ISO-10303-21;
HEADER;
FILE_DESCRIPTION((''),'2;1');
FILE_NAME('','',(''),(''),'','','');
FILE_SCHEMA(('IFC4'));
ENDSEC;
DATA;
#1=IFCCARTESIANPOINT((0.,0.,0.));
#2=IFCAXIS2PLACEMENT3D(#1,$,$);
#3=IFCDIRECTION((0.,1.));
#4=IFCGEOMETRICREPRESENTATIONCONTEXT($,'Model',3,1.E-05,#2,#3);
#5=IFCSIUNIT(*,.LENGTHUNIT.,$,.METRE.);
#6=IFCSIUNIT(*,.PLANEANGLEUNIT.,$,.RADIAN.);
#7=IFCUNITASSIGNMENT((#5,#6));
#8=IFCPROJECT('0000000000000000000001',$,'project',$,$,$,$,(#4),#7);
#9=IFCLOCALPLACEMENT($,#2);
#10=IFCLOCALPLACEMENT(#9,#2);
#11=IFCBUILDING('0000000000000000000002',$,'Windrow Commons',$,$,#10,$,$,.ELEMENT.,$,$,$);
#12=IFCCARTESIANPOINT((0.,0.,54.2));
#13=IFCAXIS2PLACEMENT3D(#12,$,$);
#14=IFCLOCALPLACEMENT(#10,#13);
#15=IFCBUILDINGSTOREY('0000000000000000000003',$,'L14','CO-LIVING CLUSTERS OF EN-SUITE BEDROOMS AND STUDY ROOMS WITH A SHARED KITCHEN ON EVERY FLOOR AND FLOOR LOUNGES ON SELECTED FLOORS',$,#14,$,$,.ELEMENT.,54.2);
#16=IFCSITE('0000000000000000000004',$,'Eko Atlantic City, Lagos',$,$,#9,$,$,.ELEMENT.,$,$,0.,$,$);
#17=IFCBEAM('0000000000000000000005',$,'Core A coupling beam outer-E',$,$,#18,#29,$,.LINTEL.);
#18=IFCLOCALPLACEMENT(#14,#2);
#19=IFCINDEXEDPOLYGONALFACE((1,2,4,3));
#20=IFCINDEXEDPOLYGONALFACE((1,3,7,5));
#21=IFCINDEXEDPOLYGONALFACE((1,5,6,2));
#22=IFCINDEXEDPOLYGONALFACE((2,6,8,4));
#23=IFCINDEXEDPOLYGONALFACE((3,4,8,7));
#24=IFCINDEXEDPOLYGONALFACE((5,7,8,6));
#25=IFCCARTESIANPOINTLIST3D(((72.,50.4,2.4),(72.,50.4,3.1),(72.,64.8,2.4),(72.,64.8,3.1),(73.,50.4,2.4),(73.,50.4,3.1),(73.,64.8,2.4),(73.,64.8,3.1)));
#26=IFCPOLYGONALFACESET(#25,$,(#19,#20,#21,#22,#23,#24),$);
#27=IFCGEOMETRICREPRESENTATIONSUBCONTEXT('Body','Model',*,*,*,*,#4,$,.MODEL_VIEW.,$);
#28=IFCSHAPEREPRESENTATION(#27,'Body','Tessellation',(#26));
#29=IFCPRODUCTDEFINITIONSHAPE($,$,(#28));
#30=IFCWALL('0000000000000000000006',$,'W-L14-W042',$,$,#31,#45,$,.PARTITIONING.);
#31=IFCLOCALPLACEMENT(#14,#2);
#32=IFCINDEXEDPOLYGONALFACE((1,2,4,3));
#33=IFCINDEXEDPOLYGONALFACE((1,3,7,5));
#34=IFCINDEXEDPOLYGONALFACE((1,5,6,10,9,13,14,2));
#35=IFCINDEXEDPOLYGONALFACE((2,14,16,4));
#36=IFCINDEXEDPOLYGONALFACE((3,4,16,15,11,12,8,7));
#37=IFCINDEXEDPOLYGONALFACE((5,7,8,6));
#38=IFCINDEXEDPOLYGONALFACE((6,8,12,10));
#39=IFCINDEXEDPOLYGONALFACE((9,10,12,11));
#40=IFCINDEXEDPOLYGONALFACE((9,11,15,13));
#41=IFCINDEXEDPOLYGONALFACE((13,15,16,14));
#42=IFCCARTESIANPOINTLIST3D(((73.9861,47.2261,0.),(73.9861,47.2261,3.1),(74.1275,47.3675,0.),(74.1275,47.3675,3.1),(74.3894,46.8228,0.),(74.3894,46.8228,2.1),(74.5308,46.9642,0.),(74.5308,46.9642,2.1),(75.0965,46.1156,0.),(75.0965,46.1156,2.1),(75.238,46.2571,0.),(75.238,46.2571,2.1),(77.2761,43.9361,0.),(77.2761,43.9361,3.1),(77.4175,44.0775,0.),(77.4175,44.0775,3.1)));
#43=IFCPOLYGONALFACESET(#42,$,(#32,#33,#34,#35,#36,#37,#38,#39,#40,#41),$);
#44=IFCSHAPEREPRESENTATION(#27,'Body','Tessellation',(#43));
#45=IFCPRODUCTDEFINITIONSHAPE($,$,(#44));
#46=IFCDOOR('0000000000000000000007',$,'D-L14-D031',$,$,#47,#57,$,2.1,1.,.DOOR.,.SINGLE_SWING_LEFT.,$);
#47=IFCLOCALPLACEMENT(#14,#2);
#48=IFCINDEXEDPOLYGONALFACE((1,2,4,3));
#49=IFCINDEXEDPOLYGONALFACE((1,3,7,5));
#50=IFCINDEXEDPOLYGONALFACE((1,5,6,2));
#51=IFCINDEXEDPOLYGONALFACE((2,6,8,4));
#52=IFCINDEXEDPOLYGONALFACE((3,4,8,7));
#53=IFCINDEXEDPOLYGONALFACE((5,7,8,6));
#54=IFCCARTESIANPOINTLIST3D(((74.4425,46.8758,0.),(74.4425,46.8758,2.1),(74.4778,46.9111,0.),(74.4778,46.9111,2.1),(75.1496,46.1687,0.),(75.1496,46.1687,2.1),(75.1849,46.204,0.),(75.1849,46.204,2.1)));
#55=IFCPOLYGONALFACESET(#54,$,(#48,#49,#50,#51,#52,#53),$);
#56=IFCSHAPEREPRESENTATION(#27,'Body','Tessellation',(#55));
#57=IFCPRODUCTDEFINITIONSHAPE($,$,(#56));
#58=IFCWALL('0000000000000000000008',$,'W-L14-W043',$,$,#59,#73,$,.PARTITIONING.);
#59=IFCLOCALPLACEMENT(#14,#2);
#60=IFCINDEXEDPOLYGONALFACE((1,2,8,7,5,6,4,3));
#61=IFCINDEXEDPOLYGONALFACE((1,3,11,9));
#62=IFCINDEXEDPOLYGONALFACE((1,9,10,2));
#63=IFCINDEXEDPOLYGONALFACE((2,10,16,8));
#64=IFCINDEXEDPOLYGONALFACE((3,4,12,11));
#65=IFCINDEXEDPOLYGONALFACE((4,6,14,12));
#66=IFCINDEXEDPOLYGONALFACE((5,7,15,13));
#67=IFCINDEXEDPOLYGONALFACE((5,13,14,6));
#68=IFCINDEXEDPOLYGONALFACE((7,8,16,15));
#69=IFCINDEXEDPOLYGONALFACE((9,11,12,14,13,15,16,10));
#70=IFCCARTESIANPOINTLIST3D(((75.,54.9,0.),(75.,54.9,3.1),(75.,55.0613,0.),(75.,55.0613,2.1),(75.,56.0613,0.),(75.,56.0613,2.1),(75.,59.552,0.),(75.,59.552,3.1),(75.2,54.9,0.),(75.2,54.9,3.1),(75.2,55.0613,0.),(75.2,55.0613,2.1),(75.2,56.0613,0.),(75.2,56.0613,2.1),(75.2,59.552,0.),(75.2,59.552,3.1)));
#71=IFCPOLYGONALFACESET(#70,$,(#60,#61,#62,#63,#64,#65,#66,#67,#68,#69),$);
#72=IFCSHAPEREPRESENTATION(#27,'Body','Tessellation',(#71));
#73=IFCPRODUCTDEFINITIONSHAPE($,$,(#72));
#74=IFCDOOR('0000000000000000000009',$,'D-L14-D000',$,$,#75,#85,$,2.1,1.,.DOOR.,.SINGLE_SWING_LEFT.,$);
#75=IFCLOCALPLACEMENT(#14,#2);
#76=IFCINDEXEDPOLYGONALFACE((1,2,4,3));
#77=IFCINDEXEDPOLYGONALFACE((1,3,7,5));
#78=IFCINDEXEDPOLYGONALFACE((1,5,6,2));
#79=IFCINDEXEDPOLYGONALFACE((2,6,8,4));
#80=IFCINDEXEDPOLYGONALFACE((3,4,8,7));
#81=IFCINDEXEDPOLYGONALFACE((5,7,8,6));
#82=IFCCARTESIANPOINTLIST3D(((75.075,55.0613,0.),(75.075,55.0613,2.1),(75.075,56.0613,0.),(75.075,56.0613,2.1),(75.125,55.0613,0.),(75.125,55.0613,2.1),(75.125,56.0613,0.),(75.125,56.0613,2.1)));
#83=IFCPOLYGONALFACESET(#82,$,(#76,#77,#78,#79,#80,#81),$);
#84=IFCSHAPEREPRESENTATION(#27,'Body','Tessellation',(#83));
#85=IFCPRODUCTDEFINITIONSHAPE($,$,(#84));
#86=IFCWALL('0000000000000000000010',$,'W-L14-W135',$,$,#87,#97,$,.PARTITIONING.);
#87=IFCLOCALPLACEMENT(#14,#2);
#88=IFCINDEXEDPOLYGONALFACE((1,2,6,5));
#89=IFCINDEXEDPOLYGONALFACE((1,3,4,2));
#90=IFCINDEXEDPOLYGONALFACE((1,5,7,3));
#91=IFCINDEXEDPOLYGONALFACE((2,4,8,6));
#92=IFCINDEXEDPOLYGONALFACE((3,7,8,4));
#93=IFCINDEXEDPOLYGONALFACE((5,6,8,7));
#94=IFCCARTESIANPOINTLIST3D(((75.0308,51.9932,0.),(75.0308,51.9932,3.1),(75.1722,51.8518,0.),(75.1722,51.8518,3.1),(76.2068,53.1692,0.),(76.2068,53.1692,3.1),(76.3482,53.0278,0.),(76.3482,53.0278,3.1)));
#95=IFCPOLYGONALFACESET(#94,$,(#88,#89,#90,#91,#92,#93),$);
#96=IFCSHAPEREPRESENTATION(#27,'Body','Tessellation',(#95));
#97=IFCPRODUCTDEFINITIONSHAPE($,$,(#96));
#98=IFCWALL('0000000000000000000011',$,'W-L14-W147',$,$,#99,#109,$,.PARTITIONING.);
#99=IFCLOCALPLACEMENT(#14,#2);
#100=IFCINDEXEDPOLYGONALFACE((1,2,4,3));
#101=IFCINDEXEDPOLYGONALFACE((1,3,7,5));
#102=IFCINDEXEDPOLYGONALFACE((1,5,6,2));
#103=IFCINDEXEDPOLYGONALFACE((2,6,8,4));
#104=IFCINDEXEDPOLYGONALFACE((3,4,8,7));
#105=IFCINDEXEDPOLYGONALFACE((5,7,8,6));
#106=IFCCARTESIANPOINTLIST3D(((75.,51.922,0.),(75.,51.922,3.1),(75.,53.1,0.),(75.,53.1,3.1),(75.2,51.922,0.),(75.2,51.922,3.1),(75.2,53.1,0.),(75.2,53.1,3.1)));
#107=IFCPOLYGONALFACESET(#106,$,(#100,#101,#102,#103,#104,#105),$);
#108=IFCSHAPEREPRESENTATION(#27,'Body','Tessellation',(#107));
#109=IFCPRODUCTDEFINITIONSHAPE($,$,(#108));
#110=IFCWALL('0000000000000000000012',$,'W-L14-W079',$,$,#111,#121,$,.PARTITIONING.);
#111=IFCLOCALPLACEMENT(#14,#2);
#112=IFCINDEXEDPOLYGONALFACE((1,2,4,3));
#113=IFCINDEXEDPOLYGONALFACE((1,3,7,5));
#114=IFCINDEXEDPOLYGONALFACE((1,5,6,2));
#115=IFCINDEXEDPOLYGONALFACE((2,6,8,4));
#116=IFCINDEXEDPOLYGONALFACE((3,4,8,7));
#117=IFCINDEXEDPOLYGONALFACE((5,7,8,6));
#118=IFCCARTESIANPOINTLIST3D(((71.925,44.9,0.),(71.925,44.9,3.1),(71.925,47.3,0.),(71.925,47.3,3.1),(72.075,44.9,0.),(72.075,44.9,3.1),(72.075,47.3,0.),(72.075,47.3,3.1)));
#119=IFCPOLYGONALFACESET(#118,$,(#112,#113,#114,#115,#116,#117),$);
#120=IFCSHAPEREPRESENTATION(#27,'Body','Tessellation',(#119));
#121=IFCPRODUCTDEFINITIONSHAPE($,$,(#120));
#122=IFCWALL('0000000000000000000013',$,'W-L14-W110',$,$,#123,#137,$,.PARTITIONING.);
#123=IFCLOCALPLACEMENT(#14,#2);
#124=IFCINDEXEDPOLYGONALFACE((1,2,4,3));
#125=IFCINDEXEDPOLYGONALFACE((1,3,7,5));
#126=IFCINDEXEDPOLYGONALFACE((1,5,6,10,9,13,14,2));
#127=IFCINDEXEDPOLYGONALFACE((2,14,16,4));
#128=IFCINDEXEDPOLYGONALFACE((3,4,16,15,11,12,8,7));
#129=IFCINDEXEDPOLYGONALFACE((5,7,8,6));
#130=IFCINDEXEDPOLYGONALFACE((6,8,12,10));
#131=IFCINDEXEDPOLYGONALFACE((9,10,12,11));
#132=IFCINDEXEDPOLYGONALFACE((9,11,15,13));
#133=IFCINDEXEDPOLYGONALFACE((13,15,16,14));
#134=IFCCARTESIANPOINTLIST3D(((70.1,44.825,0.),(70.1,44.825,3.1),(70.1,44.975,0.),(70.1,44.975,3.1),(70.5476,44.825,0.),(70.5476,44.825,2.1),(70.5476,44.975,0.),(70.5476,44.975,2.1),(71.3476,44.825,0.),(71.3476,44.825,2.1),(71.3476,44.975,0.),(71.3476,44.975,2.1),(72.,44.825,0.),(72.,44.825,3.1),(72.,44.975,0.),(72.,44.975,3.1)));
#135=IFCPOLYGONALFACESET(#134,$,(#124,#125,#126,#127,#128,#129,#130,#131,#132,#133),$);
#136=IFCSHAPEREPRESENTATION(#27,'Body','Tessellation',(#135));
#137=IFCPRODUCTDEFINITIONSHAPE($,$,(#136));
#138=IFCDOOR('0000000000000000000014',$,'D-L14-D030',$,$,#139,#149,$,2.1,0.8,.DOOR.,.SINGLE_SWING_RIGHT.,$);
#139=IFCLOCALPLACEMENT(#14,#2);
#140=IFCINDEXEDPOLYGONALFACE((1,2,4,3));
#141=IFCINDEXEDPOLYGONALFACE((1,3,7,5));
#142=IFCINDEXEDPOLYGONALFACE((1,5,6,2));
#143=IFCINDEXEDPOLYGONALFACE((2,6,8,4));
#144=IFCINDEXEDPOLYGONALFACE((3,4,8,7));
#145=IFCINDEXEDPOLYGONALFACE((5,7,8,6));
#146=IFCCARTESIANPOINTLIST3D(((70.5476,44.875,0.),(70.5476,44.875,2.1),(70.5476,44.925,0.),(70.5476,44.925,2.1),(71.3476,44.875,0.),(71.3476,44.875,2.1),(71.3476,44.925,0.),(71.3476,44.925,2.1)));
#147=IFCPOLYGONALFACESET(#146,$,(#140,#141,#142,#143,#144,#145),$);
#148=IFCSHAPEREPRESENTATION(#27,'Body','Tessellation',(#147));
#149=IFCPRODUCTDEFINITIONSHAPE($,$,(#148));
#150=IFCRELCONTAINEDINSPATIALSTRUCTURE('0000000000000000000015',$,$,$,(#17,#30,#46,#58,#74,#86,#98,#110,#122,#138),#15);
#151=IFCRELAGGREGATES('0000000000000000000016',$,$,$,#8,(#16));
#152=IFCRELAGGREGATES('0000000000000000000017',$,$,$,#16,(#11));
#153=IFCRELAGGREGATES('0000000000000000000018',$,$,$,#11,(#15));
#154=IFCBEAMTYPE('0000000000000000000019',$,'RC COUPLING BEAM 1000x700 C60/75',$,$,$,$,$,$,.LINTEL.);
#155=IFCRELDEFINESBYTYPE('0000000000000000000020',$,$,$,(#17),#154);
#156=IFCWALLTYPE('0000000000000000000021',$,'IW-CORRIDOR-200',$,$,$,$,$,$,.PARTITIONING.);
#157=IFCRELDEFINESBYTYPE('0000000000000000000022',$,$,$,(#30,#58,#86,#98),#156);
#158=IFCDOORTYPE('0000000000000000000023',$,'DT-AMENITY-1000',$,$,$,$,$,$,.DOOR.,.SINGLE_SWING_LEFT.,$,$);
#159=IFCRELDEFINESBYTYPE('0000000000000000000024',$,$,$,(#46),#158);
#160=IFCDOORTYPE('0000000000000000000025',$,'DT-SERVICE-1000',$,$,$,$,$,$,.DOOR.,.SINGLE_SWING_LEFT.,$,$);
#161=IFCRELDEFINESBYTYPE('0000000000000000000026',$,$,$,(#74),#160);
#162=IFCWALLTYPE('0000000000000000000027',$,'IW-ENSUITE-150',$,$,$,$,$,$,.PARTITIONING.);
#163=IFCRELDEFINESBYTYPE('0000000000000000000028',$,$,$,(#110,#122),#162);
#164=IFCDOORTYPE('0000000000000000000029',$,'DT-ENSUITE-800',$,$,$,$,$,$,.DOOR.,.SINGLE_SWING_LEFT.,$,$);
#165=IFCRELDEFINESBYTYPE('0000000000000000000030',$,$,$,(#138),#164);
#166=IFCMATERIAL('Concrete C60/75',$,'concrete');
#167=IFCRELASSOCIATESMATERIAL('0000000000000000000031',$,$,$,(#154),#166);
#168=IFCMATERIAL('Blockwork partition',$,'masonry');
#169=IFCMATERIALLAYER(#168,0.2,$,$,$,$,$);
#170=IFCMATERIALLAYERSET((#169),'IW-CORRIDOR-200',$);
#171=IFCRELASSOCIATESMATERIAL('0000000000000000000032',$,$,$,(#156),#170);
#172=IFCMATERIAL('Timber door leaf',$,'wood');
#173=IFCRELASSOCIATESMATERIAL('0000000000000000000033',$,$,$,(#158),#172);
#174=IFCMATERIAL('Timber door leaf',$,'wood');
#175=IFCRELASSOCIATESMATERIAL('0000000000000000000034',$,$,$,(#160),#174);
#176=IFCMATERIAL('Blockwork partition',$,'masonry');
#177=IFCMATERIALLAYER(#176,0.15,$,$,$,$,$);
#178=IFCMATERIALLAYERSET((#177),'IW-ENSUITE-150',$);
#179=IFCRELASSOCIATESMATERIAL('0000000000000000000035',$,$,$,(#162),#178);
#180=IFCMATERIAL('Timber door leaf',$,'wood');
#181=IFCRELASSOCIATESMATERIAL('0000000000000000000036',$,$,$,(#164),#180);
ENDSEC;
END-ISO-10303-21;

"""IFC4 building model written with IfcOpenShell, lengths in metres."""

from ifc_helpers import new_model, si_unit, direction, frame, frame_2d, origin, origin_2d, place, context, subcontext, project, spatial, rectangle, extrude, material, layer, layer_set, material_profile, profile_set, type_object, element, fill, save


model = new_model("IFC4")

# Units and contexts
model_context = context("Model", 3, precision=1e-05, world=origin(), true_north=direction((0.0, 1.0)))
body_context = subcontext(model_context, "Body", "Model", "MODEL_VIEW")
ifc_project = project(units=[si_unit("LENGTHUNIT", "METRE"), si_unit("PLANEANGLEUNIT", "RADIAN")], contexts=[model_context])

# Site, building, storey
site_placement = place(None, origin())
site = spatial("IfcSite", under=ifc_project, at=site_placement, Name="Eko Atlantic City, Lagos", CompositionType="ELEMENT", RefElevation=0.0)
building_placement = place(site_placement, origin())
building = spatial("IfcBuilding", under=site, at=building_placement, Name="Windrow Commons", CompositionType="ELEMENT")
storey_placement = place(building_placement, frame((0.0, 0.0, 54.2)))
storey = spatial("IfcBuildingStorey", under=building, at=storey_placement, Name="L14", Description="CO-LIVING CLUSTERS OF EN-SUITE BEDROOMS AND STUDY ROOMS WITH A SHARED KITCHEN ON EVERY FLOOR AND FLOOR LOUNGES ON SELECTED FLOORS", CompositionType="ELEMENT", Elevation=54.2)

# Beam
ifc_material_1 = material(Name="Concrete C60/75", Category="concrete")
ifc_material_profile = material_profile(ifc_material_1, rectangle(XDim=1.0, YDim=0.7, at=origin_2d()))
ifc_profile_set = profile_set([ifc_material_profile], Name="Concrete C60/75")
beam_type = type_object("IfcBeamType", Name="RC COUPLING BEAM 1000x700 C60/75", PredefinedType="LINTEL", material=ifc_profile_set)
beam_placement = place(storey_placement, frame((72.5, 50.4, 2.75), z_axis=(0.0, 1.0, 0.0), x_axis=(-1.0, 0.0, 0.0)))
element("IfcBeam", 1, at=beam_placement, inside=storey, type_object=beam_type, Name="Core A coupling beam outer-E", PredefinedType="LINTEL", context=body_context, shape_type="SweptSolid", body=[
    extrude(rectangle(XDim=1.0, YDim=0.7, at=origin_2d()), origin(), (0.0, 0.0, 1.0), 14.4),
])

# Walls, openings, doors
ifc_material_2 = material(Name="Blockwork partition", Category="masonry")
ifc_layer_1 = layer(ifc_material_2, 0.2)
ifc_layer_set_1 = layer_set([ifc_layer_1], Name="IW-CORRIDOR-200")
wall_type_1 = type_object("IfcWallType", Name="IW-CORRIDOR-200", PredefinedType="PARTITIONING", material=ifc_layer_set_1)
wall_1_placement = place(storey_placement, frame((74.0568, 47.2968, 0.0), z_axis=(0.0, 0.0, 1.0), x_axis=(0.707107, -0.707107, 0.0)))
wall_1 = element("IfcWall", 2, at=wall_1_placement, inside=storey, type_object=wall_type_1, Name="W-L14-W042", PredefinedType="PARTITIONING", context=body_context, shape_type="SweptSolid", body=[
    extrude(rectangle(XDim=4.6528, YDim=0.2, at=frame_2d((2.3264, 0.0))), origin(), (0.0, 0.0, 1.0), 3.1),
])
opening_1_placement = place(wall_1_placement, frame((0.5704, 0.0, 0.0)))
opening_1 = element("IfcOpeningElement", 3, at=opening_1_placement, cuts=wall_1, PredefinedType="OPENING", context=body_context, shape_type="SweptSolid", body=[
    extrude(rectangle(XDim=1.0, YDim=2.1, at=frame_2d((0.5, 1.05))), frame((0.0, 0.11, 0.0), z_axis=(0.0, -1.0, 0.0), x_axis=(1.0, 0.0, 0.0)), (0.0, 0.0, 1.0), 0.22),
])
ifc_material_3 = material(Name="Timber door leaf", Category="wood")
door_type_1 = type_object("IfcDoorType", Name="DT-AMENITY-1000", OperationType="SINGLE_SWING_LEFT", PredefinedType="DOOR", material=ifc_material_3)
door_1_placement = place(opening_1_placement, origin())
door_1 = element("IfcDoor", 4, at=door_1_placement, inside=storey, type_object=door_type_1, Name="D-L14-D031", OperationType="SINGLE_SWING_LEFT", OverallHeight=2.1, OverallWidth=1.0, PredefinedType="DOOR", context=body_context, shape_type="SweptSolid", body=[
    extrude(rectangle(XDim=1.0, YDim=2.1, at=frame_2d((0.5, 1.05))), frame((0.0, 0.025, 0.0), z_axis=(0.0, -1.0, 0.0), x_axis=(1.0, 0.0, 0.0)), (0.0, 0.0, 1.0), 0.05),
])
fill(opening_1, door_1)
wall_2_placement = place(storey_placement, frame((75.1, 54.9, 0.0), z_axis=(0.0, 0.0, 1.0), x_axis=(0.0, 1.0, 0.0)))
wall_2 = element("IfcWall", 5, at=wall_2_placement, inside=storey, type_object=wall_type_1, Name="W-L14-W043", PredefinedType="PARTITIONING", context=body_context, shape_type="SweptSolid", body=[
    extrude(rectangle(XDim=4.652, YDim=0.2, at=frame_2d((2.326, 0.0))), origin(), (0.0, 0.0, 1.0), 3.1),
])
opening_2_placement = place(wall_2_placement, frame((0.1613, 0.0, 0.0)))
opening_2 = element("IfcOpeningElement", 6, at=opening_2_placement, cuts=wall_2, PredefinedType="OPENING", context=body_context, shape_type="SweptSolid", body=[
    extrude(rectangle(XDim=1.0, YDim=2.1, at=frame_2d((0.5, 1.05))), frame((0.0, 0.11, 0.0), z_axis=(0.0, -1.0, 0.0), x_axis=(1.0, 0.0, 0.0)), (0.0, 0.0, 1.0), 0.22),
])
ifc_material_4 = material(Name="Timber door leaf", Category="wood")
door_type_2 = type_object("IfcDoorType", Name="DT-SERVICE-1000", OperationType="SINGLE_SWING_LEFT", PredefinedType="DOOR", material=ifc_material_4)
door_2_placement = place(opening_2_placement, origin())
door_2 = element("IfcDoor", 7, at=door_2_placement, inside=storey, type_object=door_type_2, Name="D-L14-D000", OperationType="SINGLE_SWING_LEFT", OverallHeight=2.1, OverallWidth=1.0, PredefinedType="DOOR", context=body_context, shape_type="SweptSolid", body=[
    extrude(rectangle(XDim=1.0, YDim=2.1, at=frame_2d((0.5, 1.05))), frame((0.0, 0.025, 0.0), z_axis=(0.0, -1.0, 0.0), x_axis=(1.0, 0.0, 0.0)), (0.0, 0.0, 1.0), 0.05),
])
fill(opening_2, door_2)

# Walls
wall_3_placement = place(storey_placement, frame((75.1015, 51.9225, 0.0), z_axis=(0.0, 0.0, 1.0), x_axis=(0.707107, 0.707107, 0.0)))
element("IfcWall", 8, at=wall_3_placement, inside=storey, type_object=wall_type_1, Name="W-L14-W135", PredefinedType="PARTITIONING", context=body_context, shape_type="SweptSolid", body=[
    extrude(rectangle(XDim=1.6631, YDim=0.2, at=frame_2d((0.8316, 0.0))), origin(), (0.0, 0.0, 1.0), 3.1),
])
wall_4_placement = place(storey_placement, frame((75.1, 51.922, 0.0), z_axis=(0.0, 0.0, 1.0), x_axis=(0.0, 1.0, 0.0)))
element("IfcWall", 9, at=wall_4_placement, inside=storey, type_object=wall_type_1, Name="W-L14-W147", PredefinedType="PARTITIONING", context=body_context, shape_type="SweptSolid", body=[
    extrude(rectangle(XDim=1.178, YDim=0.2, at=frame_2d((0.589, 0.0))), origin(), (0.0, 0.0, 1.0), 3.1),
])
ifc_material_5 = material(Name="Blockwork partition", Category="masonry")
ifc_layer_2 = layer(ifc_material_5, 0.15)
ifc_layer_set_2 = layer_set([ifc_layer_2], Name="IW-ENSUITE-150")
wall_type_2 = type_object("IfcWallType", Name="IW-ENSUITE-150", PredefinedType="PARTITIONING", material=ifc_layer_set_2)
wall_5_placement = place(storey_placement, frame((72.0, 44.9, 0.0), z_axis=(0.0, 0.0, 1.0), x_axis=(0.0, 1.0, 0.0)))
element("IfcWall", 10, at=wall_5_placement, inside=storey, type_object=wall_type_2, Name="W-L14-W079", PredefinedType="PARTITIONING", context=body_context, shape_type="SweptSolid", body=[
    extrude(rectangle(XDim=2.4, YDim=0.15, at=frame_2d((1.2, 0.0))), origin(), (0.0, 0.0, 1.0), 3.1),
])

# Wall, opening, door
wall_6_placement = place(storey_placement, frame((70.1, 44.9, 0.0), z_axis=(0.0, 0.0, 1.0), x_axis=(1.0, 0.0, 0.0)))
wall_6 = element("IfcWall", 11, at=wall_6_placement, inside=storey, type_object=wall_type_2, Name="W-L14-W110", PredefinedType="PARTITIONING", context=body_context, shape_type="SweptSolid", body=[
    extrude(rectangle(XDim=1.9, YDim=0.15, at=frame_2d((0.95, 0.0))), origin(), (0.0, 0.0, 1.0), 3.1),
])
opening_3_placement = place(wall_6_placement, frame((0.4476, 0.0, 0.0)))
opening_3 = element("IfcOpeningElement", 12, at=opening_3_placement, cuts=wall_6, PredefinedType="OPENING", context=body_context, shape_type="SweptSolid", body=[
    extrude(rectangle(XDim=0.8, YDim=2.1, at=frame_2d((0.4, 1.05))), frame((0.0, 0.085, 0.0), z_axis=(0.0, -1.0, 0.0), x_axis=(1.0, 0.0, 0.0)), (0.0, 0.0, 1.0), 0.17),
])
ifc_material_6 = material(Name="Timber door leaf", Category="wood")
door_type_3 = type_object("IfcDoorType", Name="DT-ENSUITE-800", OperationType="SINGLE_SWING_LEFT", PredefinedType="DOOR", material=ifc_material_6)
door_3_placement = place(opening_3_placement, origin())
door_3 = element("IfcDoor", 13, at=door_3_placement, inside=storey, type_object=door_type_3, Name="D-L14-D030", OperationType="SINGLE_SWING_RIGHT", OverallHeight=2.1, OverallWidth=0.8, PredefinedType="DOOR", context=body_context, shape_type="SweptSolid", body=[
    extrude(rectangle(XDim=0.8, YDim=2.1, at=frame_2d((0.4, 1.05))), frame((0.0, 0.025, 0.0), z_axis=(0.0, -1.0, 0.0), x_axis=(1.0, 0.0, 0.0)), (0.0, 0.0, 1.0), 0.05),
])
fill(opening_3, door_3)

save(model, "model.ifc")
